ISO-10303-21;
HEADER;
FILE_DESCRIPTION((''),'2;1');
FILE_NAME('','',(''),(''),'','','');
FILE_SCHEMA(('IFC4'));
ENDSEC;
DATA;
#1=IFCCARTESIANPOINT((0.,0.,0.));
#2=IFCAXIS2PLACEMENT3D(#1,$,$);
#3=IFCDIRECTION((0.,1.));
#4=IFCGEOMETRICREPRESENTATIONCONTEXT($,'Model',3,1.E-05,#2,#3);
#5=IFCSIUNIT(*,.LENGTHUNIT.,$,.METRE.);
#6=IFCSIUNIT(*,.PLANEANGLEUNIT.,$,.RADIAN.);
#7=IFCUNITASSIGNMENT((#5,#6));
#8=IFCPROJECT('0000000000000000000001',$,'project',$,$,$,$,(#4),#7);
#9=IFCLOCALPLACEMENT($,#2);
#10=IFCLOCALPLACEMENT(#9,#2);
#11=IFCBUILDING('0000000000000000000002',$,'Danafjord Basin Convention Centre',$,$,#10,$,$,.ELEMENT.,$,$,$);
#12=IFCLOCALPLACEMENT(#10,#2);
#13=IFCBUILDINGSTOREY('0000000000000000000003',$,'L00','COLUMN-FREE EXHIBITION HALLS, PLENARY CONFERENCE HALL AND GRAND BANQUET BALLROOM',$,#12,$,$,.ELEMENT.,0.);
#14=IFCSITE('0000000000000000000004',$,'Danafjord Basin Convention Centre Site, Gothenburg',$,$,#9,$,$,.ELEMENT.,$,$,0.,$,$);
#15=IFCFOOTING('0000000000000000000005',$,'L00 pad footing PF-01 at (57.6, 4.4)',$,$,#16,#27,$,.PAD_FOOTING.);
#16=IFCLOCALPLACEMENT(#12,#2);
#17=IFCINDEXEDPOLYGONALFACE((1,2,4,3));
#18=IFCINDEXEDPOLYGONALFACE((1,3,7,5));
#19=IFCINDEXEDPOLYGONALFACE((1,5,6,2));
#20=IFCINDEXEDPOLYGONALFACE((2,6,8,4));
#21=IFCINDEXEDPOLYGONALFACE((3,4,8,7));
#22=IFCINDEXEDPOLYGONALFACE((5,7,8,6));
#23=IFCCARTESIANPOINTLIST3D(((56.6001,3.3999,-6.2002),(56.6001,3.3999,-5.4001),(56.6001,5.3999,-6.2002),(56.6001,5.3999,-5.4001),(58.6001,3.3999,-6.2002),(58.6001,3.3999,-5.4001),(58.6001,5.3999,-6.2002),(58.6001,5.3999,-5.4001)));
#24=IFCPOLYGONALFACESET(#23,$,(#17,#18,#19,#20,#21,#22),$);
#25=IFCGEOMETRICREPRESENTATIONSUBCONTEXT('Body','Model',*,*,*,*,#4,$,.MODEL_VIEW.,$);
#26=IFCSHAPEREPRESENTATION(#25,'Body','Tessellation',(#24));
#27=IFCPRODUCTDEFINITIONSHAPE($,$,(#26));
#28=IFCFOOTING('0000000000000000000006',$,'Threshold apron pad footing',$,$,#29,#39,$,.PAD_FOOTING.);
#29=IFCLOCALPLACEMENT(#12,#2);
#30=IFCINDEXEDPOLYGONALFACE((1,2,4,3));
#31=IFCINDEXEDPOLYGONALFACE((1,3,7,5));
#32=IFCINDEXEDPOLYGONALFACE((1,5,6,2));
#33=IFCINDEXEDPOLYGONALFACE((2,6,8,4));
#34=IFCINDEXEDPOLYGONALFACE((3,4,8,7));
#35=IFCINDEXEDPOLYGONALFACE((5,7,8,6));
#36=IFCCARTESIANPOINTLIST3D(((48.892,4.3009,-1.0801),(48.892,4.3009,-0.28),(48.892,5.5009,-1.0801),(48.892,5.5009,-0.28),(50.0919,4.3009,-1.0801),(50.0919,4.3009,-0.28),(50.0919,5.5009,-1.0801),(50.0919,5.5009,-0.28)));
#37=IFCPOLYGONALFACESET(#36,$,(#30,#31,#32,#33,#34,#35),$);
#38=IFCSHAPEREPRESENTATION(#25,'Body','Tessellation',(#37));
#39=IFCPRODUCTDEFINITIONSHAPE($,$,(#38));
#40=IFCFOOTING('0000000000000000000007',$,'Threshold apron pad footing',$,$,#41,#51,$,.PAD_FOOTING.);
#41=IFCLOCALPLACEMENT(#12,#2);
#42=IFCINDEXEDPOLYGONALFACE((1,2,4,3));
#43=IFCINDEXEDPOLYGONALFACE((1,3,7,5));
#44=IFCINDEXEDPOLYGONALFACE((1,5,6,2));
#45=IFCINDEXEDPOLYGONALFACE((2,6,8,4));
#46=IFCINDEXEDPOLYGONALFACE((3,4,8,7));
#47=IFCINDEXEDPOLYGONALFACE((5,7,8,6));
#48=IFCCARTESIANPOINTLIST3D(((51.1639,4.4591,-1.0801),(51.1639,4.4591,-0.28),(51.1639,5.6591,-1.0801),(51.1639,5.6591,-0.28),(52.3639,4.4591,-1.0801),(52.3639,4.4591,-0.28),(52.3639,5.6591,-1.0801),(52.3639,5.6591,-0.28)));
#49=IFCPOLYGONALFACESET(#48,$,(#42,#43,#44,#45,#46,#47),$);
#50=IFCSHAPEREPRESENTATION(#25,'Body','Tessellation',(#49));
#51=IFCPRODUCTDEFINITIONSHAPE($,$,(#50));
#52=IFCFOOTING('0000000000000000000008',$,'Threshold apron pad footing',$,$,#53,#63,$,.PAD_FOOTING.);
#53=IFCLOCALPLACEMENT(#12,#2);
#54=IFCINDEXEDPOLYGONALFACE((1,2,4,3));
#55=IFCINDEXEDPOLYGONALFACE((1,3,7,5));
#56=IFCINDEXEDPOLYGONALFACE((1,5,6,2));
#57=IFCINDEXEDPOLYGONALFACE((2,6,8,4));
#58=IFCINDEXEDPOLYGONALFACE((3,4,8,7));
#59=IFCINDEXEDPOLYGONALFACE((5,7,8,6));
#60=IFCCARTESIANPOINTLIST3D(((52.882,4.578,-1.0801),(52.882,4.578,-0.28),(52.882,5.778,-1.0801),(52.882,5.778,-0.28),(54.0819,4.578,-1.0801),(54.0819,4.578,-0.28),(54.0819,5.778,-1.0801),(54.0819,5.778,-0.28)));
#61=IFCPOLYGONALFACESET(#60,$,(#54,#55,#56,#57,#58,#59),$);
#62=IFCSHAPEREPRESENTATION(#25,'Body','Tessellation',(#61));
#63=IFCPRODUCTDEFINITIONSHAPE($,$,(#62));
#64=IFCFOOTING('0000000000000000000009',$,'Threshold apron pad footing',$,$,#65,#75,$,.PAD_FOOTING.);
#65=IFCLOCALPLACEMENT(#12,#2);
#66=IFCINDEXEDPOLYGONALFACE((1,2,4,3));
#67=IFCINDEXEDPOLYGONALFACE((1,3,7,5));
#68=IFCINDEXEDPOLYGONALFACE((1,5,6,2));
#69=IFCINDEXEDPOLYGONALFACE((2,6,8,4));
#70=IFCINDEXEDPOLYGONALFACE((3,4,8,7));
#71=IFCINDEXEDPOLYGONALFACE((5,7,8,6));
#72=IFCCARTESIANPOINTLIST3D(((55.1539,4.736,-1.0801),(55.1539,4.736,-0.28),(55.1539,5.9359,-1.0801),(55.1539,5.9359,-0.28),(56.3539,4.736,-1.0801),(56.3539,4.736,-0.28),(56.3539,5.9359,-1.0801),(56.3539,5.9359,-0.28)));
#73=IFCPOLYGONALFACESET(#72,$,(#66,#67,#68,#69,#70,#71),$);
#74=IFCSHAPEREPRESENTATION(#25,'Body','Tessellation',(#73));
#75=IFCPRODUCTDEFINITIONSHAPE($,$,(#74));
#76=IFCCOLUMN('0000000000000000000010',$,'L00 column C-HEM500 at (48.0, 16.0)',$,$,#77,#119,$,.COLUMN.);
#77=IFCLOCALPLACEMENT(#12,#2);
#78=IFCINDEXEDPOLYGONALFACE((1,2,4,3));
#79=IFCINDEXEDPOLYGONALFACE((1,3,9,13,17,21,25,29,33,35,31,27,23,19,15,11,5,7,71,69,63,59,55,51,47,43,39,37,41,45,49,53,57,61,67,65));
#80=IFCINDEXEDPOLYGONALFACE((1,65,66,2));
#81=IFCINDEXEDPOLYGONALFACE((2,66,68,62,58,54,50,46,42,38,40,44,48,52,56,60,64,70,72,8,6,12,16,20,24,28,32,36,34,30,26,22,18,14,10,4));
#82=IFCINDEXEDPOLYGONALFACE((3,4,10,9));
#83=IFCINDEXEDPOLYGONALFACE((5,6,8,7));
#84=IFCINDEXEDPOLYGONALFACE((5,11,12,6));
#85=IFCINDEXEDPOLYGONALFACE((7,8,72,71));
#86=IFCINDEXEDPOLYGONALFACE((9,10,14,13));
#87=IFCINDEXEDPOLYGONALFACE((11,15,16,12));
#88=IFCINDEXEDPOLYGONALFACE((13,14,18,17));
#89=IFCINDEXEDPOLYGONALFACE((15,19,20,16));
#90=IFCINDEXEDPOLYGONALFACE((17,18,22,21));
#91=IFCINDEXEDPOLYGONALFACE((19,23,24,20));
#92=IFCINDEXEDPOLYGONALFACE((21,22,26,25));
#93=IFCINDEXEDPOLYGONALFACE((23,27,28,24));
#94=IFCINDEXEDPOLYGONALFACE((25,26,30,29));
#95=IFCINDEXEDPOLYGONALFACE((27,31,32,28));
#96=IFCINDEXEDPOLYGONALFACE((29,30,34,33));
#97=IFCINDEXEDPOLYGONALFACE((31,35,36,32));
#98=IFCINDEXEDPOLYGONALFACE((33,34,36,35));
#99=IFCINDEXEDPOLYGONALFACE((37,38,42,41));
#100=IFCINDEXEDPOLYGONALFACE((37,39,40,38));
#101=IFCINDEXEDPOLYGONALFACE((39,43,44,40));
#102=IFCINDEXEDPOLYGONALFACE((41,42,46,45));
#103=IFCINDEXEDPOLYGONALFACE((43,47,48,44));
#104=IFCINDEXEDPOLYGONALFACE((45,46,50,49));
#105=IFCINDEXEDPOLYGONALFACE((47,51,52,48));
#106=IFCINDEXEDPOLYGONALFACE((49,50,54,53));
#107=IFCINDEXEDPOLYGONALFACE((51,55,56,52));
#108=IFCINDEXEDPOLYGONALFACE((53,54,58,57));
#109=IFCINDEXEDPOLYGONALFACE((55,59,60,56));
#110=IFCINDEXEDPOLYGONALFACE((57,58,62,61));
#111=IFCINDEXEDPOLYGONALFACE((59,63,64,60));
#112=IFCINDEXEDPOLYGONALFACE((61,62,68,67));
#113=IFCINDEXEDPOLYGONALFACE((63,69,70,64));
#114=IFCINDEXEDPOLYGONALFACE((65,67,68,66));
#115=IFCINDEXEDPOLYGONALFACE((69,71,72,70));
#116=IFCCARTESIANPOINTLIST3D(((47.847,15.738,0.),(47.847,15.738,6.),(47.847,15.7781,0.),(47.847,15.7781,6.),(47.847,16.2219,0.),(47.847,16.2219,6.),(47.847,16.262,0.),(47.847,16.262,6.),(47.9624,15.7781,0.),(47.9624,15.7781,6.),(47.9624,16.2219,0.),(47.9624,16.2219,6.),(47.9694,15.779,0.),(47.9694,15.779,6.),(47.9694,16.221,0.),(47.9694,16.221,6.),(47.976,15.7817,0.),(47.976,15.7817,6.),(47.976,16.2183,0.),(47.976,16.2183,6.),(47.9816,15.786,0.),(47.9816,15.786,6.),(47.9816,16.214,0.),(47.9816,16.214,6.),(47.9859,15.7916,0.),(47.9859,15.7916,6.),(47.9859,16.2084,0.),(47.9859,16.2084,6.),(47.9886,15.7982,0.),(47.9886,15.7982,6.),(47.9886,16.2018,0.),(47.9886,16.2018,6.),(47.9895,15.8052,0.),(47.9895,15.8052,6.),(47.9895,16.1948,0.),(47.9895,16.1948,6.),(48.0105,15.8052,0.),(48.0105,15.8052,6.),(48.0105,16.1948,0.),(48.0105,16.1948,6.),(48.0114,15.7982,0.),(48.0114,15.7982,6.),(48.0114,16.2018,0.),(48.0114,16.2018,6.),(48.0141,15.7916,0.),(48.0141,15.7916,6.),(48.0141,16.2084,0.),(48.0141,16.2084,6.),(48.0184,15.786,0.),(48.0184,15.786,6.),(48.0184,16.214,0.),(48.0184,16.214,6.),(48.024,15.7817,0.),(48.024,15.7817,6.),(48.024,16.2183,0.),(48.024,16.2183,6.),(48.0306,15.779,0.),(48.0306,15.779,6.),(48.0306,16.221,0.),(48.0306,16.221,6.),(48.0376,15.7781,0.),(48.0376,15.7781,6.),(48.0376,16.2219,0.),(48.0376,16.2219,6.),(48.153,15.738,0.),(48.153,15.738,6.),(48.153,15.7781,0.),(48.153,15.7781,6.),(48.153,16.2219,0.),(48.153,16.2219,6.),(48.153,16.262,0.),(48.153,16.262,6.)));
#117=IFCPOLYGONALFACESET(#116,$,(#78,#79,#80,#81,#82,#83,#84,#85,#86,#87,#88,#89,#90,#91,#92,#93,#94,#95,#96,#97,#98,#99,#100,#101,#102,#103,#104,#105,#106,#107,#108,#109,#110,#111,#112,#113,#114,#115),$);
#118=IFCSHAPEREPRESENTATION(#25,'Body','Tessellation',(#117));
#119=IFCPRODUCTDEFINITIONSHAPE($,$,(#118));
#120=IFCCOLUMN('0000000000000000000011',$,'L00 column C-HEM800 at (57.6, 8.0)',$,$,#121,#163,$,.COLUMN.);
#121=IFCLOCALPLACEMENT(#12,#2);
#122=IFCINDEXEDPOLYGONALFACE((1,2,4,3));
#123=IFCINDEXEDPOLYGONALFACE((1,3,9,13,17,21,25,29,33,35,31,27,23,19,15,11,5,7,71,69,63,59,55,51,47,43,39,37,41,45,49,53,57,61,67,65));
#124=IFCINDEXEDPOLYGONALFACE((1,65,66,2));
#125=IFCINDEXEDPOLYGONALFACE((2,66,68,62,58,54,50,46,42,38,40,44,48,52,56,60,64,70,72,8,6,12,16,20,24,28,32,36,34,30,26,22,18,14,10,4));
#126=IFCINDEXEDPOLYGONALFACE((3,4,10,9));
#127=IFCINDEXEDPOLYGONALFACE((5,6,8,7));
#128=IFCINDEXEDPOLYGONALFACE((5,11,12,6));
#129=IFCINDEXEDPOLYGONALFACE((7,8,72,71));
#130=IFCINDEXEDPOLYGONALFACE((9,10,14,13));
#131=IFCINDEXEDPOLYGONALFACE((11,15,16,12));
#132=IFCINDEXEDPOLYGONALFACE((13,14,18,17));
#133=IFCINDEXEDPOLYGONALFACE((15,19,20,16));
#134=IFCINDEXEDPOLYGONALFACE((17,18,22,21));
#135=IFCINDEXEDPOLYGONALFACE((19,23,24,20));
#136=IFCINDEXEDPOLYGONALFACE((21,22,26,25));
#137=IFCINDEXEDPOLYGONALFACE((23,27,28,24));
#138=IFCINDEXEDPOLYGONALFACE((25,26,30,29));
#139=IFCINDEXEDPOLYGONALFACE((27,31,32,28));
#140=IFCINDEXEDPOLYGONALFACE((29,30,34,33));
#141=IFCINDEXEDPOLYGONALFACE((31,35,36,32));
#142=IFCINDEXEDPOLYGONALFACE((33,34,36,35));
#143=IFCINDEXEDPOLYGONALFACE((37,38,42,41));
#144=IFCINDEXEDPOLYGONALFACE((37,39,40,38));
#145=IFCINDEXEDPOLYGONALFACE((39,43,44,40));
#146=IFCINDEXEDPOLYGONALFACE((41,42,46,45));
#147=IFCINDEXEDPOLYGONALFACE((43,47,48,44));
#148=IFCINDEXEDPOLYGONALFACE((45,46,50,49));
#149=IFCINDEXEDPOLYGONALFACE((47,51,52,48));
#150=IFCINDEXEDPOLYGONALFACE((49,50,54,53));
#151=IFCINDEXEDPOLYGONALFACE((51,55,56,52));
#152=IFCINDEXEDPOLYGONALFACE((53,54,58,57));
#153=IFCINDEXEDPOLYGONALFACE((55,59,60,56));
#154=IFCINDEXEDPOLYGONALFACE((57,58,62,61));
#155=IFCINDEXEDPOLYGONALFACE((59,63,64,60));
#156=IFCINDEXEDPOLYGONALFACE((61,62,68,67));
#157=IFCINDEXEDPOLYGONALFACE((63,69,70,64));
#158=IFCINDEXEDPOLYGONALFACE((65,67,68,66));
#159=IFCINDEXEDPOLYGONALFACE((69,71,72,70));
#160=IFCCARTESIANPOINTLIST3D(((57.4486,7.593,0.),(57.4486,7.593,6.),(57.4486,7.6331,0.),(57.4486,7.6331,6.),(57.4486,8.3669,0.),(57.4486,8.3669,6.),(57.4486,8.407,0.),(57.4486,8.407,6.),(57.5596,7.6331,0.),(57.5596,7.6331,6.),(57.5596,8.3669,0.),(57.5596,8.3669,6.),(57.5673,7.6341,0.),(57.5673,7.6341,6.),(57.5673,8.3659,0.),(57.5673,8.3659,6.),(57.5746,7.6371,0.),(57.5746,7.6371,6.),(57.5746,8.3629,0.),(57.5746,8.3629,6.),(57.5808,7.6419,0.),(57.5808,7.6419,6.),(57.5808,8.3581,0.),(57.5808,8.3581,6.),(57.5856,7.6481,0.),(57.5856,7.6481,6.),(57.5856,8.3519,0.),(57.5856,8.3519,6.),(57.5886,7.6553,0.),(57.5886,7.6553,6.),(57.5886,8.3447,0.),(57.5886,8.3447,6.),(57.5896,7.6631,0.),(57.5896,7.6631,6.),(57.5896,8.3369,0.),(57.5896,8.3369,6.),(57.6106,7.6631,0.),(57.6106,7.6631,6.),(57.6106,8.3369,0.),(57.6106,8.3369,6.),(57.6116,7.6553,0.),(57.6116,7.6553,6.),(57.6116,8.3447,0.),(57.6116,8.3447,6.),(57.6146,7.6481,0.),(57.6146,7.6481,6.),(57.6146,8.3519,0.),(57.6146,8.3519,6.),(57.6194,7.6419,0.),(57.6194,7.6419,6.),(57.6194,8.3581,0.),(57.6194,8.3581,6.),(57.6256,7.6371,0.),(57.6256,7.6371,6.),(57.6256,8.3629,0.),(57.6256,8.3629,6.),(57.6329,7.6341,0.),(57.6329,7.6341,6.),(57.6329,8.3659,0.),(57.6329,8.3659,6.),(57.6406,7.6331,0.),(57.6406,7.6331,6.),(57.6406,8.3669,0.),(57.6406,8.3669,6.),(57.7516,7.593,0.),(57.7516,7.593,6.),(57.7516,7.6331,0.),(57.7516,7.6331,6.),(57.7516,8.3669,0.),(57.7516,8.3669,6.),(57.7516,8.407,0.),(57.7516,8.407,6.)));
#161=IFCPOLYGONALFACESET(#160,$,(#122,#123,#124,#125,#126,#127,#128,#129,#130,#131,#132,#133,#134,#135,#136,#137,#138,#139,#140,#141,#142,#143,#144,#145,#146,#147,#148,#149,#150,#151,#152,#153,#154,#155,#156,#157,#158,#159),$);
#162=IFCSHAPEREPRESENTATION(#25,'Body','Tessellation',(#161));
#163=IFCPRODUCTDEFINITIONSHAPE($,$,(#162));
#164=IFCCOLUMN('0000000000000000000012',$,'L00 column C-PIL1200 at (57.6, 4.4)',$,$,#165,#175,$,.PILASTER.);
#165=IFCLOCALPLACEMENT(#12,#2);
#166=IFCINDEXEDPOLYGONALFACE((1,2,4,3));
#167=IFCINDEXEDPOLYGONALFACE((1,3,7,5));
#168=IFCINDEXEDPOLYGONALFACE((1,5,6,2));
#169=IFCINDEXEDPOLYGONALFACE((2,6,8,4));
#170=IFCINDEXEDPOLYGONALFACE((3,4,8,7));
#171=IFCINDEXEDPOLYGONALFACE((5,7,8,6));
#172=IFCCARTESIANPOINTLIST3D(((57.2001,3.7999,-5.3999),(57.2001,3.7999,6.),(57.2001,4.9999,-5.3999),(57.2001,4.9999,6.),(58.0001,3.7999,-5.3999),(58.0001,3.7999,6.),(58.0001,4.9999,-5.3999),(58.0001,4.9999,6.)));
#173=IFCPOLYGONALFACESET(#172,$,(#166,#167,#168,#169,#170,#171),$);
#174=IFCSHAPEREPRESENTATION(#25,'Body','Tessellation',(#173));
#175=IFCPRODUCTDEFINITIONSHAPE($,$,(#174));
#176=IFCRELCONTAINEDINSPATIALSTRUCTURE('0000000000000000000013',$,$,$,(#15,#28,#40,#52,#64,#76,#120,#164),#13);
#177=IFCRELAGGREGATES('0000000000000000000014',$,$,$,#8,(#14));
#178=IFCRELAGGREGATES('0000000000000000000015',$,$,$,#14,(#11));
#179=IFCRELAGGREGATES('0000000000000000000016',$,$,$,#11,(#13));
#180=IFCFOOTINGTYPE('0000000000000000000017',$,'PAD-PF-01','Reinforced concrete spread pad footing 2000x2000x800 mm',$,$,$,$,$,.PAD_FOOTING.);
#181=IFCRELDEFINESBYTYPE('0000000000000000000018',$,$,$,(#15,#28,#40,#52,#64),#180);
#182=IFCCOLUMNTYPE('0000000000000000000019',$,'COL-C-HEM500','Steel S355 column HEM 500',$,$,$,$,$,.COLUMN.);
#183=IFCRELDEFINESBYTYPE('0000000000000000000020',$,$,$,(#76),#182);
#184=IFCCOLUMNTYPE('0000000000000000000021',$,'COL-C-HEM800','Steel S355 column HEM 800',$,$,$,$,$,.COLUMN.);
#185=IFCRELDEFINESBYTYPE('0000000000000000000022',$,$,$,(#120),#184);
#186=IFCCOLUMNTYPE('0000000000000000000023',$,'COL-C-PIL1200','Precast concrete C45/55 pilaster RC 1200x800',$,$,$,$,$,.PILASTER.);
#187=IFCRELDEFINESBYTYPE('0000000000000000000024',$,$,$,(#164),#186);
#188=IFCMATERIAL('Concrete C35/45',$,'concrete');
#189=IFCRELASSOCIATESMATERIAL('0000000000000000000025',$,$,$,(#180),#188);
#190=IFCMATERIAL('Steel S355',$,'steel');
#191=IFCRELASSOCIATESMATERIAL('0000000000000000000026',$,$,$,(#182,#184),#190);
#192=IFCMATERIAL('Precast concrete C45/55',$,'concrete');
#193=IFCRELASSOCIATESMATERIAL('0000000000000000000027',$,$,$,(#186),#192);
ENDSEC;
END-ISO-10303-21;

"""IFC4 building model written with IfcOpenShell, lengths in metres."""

from ifc_helpers import new_model, si_unit, direction, frame, origin, origin_2d, place, context, subcontext, project, spatial, rectangle, i_section, extrude, material, material_profile, profile_set, type_object, element, save


model = new_model("IFC4")

# Units and contexts
model_context = context("Model", 3, precision=1e-05, world=origin(), true_north=direction((0.0, 1.0)))
body_context = subcontext(model_context, "Body", "Model", "MODEL_VIEW")
ifc_project = project(units=[si_unit("LENGTHUNIT", "METRE"), si_unit("PLANEANGLEUNIT", "RADIAN")], contexts=[model_context])

# Site, building, storey
site_placement = place(None, origin())
site = spatial("IfcSite", under=ifc_project, at=site_placement, Name="Danafjord Basin Convention Centre Site, Gothenburg", CompositionType="ELEMENT", RefElevation=0.0)
building_placement = place(site_placement, origin())
building = spatial("IfcBuilding", under=site, at=building_placement, Name="Danafjord Basin Convention Centre", CompositionType="ELEMENT")
storey_placement = place(building_placement, origin())
storey = spatial("IfcBuildingStorey", under=building, at=storey_placement, Name="L00", Description="COLUMN-FREE EXHIBITION HALLS, PLENARY CONFERENCE HALL AND GRAND BANQUET BALLROOM", CompositionType="ELEMENT", Elevation=0.0)

# Footings
ifc_material_1 = material(Name="Concrete C35/45", Category="concrete")
footing_type = type_object("IfcFootingType", Name="PAD-PF-01", Description="Reinforced concrete spread pad footing 2000x2000x800 mm", PredefinedType="PAD_FOOTING", material=ifc_material_1)
footing_placement = place(storey_placement, frame((57.6001, 4.3999, -6.2002), z_axis=(0.0, 0.0, 1.0), x_axis=(1.0, 0.0, 0.0)))
element("IfcFooting", 1, at=footing_placement, inside=storey, type_object=footing_type, Name="L00 pad footing PF-01 at (57.6, 4.4)", PredefinedType="PAD_FOOTING", context=body_context, shape_type="SweptSolid", body=[
    extrude(rectangle(XDim=2.0, YDim=2.0, at=origin_2d()), origin(), (0.0, 0.0, 1.0), 0.8),
])
for number, where, z_axis, x_axis, name in (
    (2, (49.4919, 4.9009, -1.0801), (0.0, 0.0, 1.0), (1.0, 0.0, 0.0), "Threshold apron pad footing"),
    (3, (51.7639, 5.0591, -1.0801), (0.0, 0.0, 1.0), (1.0, 0.0, 0.0), "Threshold apron pad footing"),
    (4, (53.4819, 5.178, -1.0801), (0.0, 0.0, 1.0), (1.0, 0.0, 0.0), "Threshold apron pad footing"),
    (5, (55.7539, 5.3359, -1.0801), (0.0, 0.0, 1.0), (1.0, 0.0, 0.0), "Threshold apron pad footing"),
):
    element("IfcFooting", number, at=place(storey_placement, frame(where, z_axis=z_axis, x_axis=x_axis)), inside=storey, type_object=footing_type, Name=name, PredefinedType="PAD_FOOTING", context=body_context, shape_type="SweptSolid", body=[
        extrude(rectangle(XDim=1.2, YDim=1.2, at=origin_2d()), origin(), (0.0, 0.0, 1.0), 0.8),
    ])

# Columns
ifc_material_2 = material(Name="Steel S355", Category="steel")
ifc_material_profile_1 = material_profile(ifc_material_2, i_section(OverallWidth=0.3059, OverallDepth=0.5239, WebThickness=0.021, FlangeThickness=0.04, FilletRadius=0.0271, at=origin_2d()), Name="HEM 500")
ifc_profile_set_1 = profile_set([ifc_material_profile_1], Name="Steel S355")
column_type_1 = type_object("IfcColumnType", Name="COL-C-HEM500", Description="Steel S355 column HEM 500", PredefinedType="COLUMN", material=ifc_profile_set_1)
column_1_placement = place(storey_placement, frame((48.0, 16.0, 0.0), z_axis=(0.0, 0.0, 1.0), x_axis=(1.0, 0.0, 0.0)))
element("IfcColumn", 6, at=column_1_placement, inside=storey, type_object=column_type_1, Name="L00 column C-HEM500 at (48.0, 16.0)", PredefinedType="COLUMN", context=body_context, shape_type="SweptSolid", body=[
    extrude(i_section(OverallWidth=0.3059, OverallDepth=0.5239, WebThickness=0.021, FlangeThickness=0.04, FilletRadius=0.0271, at=origin_2d()), origin(), (0.0, 0.0, 1.0), 6.0),
])
ifc_material_profile_2 = material_profile(ifc_material_2, i_section(OverallWidth=0.303, OverallDepth=0.814, WebThickness=0.021, FlangeThickness=0.04, FilletRadius=0.03, at=origin_2d()), Name="HEM 800")
ifc_profile_set_2 = profile_set([ifc_material_profile_2], Name="Steel S355")
column_type_2 = type_object("IfcColumnType", Name="COL-C-HEM800", Description="Steel S355 column HEM 800", PredefinedType="COLUMN", material=ifc_profile_set_2)
column_2_placement = place(storey_placement, frame((57.6001, 8.0, 0.0), z_axis=(0.0, 0.0, 1.0), x_axis=(1.0, 0.0, 0.0)))
element("IfcColumn", 7, at=column_2_placement, inside=storey, type_object=column_type_2, Name="L00 column C-HEM800 at (57.6, 8.0)", PredefinedType="COLUMN", context=body_context, shape_type="SweptSolid", body=[
    extrude(i_section(OverallWidth=0.303, OverallDepth=0.814, WebThickness=0.021, FlangeThickness=0.04, FilletRadius=0.03, at=origin_2d()), origin(), (0.0, 0.0, 1.0), 6.0),
])
ifc_material_3 = material(Name="Precast concrete C45/55", Category="concrete")
ifc_material_profile_3 = material_profile(ifc_material_3, rectangle(XDim=0.8, YDim=1.2, at=origin_2d()), Name="RC 1200x800")
ifc_profile_set_3 = profile_set([ifc_material_profile_3], Name="Precast concrete C45/55")
column_type_3 = type_object("IfcColumnType", Name="COL-C-PIL1200", Description="Precast concrete C45/55 pilaster RC 1200x800", PredefinedType="PILASTER", material=ifc_profile_set_3)
column_3_placement = place(storey_placement, frame((57.6001, 4.3999, -5.3999), z_axis=(0.0, 0.0, 1.0), x_axis=(1.0, 0.0, 0.0)))
element("IfcColumn", 8, at=column_3_placement, inside=storey, type_object=column_type_3, Name="L00 column C-PIL1200 at (57.6, 4.4)", PredefinedType="PILASTER", context=body_context, shape_type="SweptSolid", body=[
    extrude(rectangle(XDim=0.8, YDim=1.2, at=origin_2d()), origin(), (0.0, 0.0, 1.0), 11.3999),
])

save(model, "model.ifc")
